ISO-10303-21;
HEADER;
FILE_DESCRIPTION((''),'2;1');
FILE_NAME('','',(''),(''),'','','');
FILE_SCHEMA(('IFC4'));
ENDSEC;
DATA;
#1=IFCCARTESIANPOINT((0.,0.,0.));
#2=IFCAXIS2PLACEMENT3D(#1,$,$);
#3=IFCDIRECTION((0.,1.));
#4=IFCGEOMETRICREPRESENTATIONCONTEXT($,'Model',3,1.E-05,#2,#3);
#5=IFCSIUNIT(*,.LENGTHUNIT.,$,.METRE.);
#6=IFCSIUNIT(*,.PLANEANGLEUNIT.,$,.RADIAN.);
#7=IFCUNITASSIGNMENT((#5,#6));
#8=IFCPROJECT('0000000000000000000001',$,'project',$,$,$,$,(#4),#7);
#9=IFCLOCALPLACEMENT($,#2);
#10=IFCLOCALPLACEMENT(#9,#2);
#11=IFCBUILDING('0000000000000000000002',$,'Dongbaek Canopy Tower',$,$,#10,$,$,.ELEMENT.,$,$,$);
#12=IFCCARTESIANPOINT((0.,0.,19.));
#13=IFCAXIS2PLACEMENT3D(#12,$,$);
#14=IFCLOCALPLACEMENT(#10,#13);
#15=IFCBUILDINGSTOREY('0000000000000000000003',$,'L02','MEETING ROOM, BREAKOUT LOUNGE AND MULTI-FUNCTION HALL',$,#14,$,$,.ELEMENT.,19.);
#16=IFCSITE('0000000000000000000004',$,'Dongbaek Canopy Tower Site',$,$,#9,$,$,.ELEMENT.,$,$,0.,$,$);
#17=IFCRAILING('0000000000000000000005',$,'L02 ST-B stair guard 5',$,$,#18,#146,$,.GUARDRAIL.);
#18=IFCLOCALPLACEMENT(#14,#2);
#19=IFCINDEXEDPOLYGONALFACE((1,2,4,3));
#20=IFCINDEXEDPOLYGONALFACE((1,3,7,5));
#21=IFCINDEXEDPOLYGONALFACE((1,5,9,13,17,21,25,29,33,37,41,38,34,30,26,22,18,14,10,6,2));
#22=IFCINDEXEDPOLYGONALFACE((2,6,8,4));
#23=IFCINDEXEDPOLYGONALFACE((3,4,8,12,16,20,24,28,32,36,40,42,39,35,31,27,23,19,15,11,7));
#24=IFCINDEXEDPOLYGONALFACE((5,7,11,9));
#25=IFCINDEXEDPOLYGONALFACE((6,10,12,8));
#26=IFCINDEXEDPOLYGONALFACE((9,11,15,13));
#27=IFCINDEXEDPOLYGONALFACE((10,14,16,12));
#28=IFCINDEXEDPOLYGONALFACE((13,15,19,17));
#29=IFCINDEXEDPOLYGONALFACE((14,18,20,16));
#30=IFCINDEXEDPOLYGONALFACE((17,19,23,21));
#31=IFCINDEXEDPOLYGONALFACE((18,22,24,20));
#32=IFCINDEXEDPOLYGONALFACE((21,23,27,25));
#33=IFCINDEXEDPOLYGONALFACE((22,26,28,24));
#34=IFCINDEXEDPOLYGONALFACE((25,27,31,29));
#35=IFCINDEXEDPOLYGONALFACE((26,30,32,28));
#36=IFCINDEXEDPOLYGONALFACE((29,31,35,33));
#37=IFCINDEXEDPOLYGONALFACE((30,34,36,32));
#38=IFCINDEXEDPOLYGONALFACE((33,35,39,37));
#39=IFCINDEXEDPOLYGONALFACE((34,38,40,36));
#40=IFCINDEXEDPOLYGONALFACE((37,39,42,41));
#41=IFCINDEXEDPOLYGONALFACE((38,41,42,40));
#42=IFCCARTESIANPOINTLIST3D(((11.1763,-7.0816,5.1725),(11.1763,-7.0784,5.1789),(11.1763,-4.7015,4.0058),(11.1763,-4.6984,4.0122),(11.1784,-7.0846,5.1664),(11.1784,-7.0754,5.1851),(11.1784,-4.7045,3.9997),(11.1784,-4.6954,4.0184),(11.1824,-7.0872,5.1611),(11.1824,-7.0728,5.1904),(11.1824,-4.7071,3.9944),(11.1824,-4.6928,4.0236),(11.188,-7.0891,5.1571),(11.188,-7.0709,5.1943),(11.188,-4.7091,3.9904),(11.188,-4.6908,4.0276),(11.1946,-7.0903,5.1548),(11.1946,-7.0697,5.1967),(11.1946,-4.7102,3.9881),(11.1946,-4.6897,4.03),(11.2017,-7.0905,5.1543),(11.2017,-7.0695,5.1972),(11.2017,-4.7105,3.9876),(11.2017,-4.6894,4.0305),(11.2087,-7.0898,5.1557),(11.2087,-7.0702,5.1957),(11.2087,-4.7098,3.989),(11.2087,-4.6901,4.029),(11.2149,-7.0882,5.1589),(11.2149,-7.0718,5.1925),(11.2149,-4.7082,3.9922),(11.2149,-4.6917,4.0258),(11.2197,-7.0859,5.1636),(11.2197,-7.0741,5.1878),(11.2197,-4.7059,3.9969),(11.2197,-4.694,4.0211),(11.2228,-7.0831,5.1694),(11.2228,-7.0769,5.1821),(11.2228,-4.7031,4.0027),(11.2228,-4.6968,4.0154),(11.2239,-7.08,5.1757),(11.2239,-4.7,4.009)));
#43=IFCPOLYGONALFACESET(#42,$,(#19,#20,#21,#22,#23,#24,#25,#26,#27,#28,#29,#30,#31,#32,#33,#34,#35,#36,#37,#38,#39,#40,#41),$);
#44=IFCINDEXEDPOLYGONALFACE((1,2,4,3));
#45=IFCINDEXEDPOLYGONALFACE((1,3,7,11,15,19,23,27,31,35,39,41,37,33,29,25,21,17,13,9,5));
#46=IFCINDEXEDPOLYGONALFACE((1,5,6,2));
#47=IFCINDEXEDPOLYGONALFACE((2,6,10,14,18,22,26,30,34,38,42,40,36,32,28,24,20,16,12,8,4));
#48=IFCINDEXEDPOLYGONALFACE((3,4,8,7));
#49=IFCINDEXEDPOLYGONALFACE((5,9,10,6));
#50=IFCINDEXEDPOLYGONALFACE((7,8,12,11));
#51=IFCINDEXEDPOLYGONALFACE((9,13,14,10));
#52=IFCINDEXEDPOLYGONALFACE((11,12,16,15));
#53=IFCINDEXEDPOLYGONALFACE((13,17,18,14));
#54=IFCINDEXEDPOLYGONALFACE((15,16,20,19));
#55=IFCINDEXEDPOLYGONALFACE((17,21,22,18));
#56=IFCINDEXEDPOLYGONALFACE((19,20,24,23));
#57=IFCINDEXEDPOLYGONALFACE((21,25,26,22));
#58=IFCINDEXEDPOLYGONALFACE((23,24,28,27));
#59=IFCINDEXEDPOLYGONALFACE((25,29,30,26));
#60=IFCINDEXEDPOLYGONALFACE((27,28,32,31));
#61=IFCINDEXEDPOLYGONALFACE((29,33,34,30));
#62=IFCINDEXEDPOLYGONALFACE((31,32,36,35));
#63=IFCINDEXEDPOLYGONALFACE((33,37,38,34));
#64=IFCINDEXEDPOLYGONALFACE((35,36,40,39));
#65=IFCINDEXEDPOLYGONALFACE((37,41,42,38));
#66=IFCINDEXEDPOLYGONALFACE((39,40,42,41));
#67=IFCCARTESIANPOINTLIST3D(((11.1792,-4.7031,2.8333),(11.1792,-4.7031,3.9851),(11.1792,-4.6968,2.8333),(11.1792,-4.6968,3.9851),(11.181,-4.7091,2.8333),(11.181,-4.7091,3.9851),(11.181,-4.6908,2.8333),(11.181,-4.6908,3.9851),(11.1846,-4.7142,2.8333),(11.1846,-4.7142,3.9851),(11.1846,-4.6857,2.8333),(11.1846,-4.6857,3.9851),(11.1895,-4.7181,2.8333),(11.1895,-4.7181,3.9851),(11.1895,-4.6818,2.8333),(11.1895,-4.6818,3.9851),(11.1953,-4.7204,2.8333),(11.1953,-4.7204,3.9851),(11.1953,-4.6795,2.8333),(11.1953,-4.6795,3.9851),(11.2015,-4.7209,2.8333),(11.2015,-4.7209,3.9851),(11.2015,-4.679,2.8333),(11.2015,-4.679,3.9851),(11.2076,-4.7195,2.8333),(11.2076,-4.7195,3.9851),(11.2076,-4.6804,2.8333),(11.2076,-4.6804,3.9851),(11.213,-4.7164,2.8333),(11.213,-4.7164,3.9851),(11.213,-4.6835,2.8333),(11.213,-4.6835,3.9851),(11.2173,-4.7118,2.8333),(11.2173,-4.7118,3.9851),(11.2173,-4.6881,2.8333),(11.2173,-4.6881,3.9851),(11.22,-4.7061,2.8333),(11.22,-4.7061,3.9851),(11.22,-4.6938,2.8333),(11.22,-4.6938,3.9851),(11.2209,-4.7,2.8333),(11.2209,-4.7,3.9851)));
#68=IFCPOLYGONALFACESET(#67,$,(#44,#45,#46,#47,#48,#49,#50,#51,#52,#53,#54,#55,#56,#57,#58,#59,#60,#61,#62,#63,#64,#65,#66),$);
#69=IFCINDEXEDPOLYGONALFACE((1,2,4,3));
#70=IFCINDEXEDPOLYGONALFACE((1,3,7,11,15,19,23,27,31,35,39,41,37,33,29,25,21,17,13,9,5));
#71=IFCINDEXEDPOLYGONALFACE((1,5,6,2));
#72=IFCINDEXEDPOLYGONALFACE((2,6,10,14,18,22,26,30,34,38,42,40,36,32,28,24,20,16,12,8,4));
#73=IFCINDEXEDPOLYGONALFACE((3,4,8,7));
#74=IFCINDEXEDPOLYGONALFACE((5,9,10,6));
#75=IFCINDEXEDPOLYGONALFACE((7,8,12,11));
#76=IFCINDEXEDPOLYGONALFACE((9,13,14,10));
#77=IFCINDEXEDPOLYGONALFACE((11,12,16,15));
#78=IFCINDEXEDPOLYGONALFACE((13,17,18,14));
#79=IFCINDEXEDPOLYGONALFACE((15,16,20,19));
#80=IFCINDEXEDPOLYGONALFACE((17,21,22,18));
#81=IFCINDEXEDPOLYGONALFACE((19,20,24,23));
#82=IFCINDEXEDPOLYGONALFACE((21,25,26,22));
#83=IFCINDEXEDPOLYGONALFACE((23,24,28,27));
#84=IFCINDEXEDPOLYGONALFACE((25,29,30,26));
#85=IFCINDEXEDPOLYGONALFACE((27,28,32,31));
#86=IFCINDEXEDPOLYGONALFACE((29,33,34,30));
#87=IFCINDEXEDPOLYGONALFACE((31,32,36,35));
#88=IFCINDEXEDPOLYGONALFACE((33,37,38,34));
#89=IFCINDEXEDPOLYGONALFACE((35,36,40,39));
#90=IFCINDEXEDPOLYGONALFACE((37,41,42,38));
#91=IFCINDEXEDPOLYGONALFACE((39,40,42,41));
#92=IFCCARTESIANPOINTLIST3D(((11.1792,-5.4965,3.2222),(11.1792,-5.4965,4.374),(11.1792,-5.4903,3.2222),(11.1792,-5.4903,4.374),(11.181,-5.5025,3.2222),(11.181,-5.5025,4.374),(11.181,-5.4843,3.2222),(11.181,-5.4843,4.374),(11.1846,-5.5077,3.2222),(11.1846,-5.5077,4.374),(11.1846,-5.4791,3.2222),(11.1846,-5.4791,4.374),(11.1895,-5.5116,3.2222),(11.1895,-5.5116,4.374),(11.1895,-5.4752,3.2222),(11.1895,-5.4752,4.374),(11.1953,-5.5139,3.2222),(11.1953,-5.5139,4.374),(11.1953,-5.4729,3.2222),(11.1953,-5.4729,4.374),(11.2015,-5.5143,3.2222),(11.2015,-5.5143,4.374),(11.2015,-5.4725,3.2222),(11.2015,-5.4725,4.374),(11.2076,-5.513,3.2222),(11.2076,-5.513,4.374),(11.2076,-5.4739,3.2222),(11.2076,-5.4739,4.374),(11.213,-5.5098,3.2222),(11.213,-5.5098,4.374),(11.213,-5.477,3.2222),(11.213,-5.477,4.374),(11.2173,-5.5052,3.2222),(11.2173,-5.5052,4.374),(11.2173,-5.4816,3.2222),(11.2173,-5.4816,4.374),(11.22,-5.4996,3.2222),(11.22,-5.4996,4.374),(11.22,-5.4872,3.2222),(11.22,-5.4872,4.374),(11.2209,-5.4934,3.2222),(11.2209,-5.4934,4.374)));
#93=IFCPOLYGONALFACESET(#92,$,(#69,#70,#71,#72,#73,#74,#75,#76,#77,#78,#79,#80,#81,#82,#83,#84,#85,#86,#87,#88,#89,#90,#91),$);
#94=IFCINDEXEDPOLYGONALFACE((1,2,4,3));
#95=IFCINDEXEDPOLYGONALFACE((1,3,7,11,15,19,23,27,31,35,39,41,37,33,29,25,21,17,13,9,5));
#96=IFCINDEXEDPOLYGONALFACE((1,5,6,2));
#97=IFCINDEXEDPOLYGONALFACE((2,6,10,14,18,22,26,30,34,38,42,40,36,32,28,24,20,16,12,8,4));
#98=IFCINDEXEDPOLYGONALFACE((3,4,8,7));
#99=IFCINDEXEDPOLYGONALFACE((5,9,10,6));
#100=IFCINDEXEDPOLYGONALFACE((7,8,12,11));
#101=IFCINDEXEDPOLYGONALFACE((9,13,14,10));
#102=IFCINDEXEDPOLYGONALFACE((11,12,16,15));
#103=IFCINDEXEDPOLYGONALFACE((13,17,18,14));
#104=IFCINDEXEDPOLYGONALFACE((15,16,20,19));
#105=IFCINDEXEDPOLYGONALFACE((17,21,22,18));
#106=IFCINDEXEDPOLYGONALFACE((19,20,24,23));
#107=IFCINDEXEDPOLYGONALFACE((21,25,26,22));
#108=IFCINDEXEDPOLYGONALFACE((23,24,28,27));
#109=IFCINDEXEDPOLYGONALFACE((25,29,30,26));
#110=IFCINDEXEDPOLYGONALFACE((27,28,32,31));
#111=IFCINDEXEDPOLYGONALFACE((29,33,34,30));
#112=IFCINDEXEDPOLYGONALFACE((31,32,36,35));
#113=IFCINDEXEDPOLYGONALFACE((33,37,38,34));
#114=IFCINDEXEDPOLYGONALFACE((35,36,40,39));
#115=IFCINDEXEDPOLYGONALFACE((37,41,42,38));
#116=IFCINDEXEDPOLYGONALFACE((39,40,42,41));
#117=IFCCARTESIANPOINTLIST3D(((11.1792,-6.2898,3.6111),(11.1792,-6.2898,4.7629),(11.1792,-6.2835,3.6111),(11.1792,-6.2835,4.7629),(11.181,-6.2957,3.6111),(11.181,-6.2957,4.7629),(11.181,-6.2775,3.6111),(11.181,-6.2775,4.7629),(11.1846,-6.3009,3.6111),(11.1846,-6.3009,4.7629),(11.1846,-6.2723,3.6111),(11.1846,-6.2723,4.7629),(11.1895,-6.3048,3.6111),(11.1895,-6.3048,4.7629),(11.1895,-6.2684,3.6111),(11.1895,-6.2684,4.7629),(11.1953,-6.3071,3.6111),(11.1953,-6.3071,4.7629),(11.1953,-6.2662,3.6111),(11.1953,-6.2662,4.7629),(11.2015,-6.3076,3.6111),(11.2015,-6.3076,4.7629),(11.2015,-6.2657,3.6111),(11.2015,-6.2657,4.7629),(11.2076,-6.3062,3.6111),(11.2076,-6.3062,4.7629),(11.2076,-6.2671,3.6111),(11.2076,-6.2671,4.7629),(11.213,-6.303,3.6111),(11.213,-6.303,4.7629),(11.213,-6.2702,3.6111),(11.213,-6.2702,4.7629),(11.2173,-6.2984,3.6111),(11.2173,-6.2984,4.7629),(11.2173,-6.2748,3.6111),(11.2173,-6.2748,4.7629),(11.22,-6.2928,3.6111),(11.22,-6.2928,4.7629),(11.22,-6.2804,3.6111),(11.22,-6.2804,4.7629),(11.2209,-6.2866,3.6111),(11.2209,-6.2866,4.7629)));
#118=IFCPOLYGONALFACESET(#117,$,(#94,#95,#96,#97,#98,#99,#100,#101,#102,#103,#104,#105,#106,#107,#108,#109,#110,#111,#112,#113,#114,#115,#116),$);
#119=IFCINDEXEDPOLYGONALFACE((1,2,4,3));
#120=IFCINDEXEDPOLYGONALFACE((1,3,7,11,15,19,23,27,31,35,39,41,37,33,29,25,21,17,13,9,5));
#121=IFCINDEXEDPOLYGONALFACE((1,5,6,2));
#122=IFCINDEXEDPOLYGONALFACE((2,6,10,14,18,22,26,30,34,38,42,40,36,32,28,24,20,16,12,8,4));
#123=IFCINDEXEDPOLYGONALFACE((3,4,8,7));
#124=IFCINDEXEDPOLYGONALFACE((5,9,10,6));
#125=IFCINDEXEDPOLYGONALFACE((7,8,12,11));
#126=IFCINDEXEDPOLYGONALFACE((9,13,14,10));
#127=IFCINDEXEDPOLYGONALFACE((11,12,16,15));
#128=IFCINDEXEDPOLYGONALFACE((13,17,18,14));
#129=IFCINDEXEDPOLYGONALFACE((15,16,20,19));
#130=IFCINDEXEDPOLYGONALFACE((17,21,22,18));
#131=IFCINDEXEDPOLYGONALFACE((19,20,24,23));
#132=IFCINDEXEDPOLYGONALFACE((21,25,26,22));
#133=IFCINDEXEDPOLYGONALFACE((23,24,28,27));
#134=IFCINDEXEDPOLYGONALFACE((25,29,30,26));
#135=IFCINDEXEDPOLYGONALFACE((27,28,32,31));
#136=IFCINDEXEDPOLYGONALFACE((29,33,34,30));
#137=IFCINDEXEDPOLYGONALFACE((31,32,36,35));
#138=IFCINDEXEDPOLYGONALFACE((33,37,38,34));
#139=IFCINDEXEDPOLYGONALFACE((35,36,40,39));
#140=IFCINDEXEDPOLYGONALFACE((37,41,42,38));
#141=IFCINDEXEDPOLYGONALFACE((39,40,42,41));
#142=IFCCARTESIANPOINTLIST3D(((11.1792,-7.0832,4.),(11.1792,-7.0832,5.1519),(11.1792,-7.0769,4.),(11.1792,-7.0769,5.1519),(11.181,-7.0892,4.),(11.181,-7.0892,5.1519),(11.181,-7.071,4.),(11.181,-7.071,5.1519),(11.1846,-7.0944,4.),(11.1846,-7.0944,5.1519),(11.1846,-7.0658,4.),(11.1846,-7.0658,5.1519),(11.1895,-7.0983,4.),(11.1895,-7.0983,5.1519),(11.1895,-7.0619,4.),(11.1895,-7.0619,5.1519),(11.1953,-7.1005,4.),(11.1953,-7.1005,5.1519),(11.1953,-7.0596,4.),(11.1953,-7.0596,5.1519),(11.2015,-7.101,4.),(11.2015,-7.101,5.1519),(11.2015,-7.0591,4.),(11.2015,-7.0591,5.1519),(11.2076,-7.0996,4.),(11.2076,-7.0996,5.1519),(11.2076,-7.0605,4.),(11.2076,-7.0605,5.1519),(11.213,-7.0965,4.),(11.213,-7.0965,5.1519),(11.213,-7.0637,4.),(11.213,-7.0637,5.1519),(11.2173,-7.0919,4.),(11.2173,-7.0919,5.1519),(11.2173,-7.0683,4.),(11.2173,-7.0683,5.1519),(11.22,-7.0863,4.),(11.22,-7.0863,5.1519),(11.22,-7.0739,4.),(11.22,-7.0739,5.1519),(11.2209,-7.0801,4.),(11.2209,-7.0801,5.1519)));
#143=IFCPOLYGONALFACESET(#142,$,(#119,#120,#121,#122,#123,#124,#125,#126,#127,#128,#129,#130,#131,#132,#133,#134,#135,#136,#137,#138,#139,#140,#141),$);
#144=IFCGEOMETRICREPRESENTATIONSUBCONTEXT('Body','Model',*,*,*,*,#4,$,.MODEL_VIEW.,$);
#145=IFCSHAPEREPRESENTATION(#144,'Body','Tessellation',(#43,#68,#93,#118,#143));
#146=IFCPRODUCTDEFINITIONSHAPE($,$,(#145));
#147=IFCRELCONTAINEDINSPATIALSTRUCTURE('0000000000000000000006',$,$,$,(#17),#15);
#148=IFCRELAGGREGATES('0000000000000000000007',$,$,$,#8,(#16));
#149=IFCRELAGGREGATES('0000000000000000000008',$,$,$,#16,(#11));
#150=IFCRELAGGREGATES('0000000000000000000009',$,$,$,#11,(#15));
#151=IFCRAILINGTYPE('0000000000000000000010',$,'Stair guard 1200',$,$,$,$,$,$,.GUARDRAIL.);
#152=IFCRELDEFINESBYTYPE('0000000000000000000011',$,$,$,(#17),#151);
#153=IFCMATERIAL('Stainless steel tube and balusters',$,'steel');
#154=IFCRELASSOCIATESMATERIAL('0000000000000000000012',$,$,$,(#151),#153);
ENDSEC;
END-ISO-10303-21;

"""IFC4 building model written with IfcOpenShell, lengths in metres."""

from ifc_helpers import new_model, si_unit, direction, frame, origin, origin_2d, place, context, subcontext, project, spatial, circle, extrude, material, type_object, element, save


model = new_model("IFC4")

# Units and contexts
model_context = context("Model", 3, precision=1e-05, world=origin(), true_north=direction((0.0, 1.0)))
body_context = subcontext(model_context, "Body", "Model", "MODEL_VIEW")
ifc_project = project(units=[si_unit("LENGTHUNIT", "METRE"), si_unit("PLANEANGLEUNIT", "RADIAN")], contexts=[model_context])

# Site, building, storey
site_placement = place(None, origin())
site = spatial("IfcSite", under=ifc_project, at=site_placement, Name="Dongbaek Canopy Tower Site", CompositionType="ELEMENT", RefElevation=0.0)
building_placement = place(site_placement, origin())
building = spatial("IfcBuilding", under=site, at=building_placement, Name="Dongbaek Canopy Tower", CompositionType="ELEMENT")
storey_placement = place(building_placement, frame((0.0, 0.0, 19.0)))
storey = spatial("IfcBuildingStorey", under=building, at=storey_placement, Name="L02", Description="MEETING ROOM, BREAKOUT LOUNGE AND MULTI-FUNCTION HALL", CompositionType="ELEMENT", Elevation=19.0)

# Railing
ifc_material_1 = material(Name="Stainless steel tube and balusters", Category="steel")
railing_type_1 = type_object("IfcRailingType", Name="Stair guard 1200", PredefinedType="GUARDRAIL", material=ifc_material_1)
railing_1_placement = place(storey_placement, frame((11.2, -4.7, 2.8333)))
element("IfcRailing", 1, at=railing_1_placement, inside=storey, type_object=railing_type_1, Name="L02 ST-B stair guard 5", PredefinedType="GUARDRAIL", context=body_context, shape_type="SweptSolid", body=[
    extrude(circle(Radius=0.0239, at=origin_2d()), frame((0.0, 0.0, 1.1758), z_axis=(0.0, -0.897918, 0.440163), x_axis=(1.0, 0.0, 0.0)), (0.0, 0.0, 1.0), 2.6506),
    extrude(circle(Radius=0.021, at=origin_2d()), origin(), (0.0, 0.0, 1.0), 1.1519),
    extrude(circle(Radius=0.021, at=origin_2d()), frame((0.0, -0.7935, 0.3889)), (0.0, 0.0, 1.0), 1.1519),
    extrude(circle(Radius=0.021, at=origin_2d()), frame((0.0, -1.5867, 0.7778)), (0.0, 0.0, 1.0), 1.1519),
    extrude(circle(Radius=0.021, at=origin_2d()), frame((0.0, -2.3801, 1.1667)), (0.0, 0.0, 1.0), 1.1519),
])

save(model, "model.ifc")
